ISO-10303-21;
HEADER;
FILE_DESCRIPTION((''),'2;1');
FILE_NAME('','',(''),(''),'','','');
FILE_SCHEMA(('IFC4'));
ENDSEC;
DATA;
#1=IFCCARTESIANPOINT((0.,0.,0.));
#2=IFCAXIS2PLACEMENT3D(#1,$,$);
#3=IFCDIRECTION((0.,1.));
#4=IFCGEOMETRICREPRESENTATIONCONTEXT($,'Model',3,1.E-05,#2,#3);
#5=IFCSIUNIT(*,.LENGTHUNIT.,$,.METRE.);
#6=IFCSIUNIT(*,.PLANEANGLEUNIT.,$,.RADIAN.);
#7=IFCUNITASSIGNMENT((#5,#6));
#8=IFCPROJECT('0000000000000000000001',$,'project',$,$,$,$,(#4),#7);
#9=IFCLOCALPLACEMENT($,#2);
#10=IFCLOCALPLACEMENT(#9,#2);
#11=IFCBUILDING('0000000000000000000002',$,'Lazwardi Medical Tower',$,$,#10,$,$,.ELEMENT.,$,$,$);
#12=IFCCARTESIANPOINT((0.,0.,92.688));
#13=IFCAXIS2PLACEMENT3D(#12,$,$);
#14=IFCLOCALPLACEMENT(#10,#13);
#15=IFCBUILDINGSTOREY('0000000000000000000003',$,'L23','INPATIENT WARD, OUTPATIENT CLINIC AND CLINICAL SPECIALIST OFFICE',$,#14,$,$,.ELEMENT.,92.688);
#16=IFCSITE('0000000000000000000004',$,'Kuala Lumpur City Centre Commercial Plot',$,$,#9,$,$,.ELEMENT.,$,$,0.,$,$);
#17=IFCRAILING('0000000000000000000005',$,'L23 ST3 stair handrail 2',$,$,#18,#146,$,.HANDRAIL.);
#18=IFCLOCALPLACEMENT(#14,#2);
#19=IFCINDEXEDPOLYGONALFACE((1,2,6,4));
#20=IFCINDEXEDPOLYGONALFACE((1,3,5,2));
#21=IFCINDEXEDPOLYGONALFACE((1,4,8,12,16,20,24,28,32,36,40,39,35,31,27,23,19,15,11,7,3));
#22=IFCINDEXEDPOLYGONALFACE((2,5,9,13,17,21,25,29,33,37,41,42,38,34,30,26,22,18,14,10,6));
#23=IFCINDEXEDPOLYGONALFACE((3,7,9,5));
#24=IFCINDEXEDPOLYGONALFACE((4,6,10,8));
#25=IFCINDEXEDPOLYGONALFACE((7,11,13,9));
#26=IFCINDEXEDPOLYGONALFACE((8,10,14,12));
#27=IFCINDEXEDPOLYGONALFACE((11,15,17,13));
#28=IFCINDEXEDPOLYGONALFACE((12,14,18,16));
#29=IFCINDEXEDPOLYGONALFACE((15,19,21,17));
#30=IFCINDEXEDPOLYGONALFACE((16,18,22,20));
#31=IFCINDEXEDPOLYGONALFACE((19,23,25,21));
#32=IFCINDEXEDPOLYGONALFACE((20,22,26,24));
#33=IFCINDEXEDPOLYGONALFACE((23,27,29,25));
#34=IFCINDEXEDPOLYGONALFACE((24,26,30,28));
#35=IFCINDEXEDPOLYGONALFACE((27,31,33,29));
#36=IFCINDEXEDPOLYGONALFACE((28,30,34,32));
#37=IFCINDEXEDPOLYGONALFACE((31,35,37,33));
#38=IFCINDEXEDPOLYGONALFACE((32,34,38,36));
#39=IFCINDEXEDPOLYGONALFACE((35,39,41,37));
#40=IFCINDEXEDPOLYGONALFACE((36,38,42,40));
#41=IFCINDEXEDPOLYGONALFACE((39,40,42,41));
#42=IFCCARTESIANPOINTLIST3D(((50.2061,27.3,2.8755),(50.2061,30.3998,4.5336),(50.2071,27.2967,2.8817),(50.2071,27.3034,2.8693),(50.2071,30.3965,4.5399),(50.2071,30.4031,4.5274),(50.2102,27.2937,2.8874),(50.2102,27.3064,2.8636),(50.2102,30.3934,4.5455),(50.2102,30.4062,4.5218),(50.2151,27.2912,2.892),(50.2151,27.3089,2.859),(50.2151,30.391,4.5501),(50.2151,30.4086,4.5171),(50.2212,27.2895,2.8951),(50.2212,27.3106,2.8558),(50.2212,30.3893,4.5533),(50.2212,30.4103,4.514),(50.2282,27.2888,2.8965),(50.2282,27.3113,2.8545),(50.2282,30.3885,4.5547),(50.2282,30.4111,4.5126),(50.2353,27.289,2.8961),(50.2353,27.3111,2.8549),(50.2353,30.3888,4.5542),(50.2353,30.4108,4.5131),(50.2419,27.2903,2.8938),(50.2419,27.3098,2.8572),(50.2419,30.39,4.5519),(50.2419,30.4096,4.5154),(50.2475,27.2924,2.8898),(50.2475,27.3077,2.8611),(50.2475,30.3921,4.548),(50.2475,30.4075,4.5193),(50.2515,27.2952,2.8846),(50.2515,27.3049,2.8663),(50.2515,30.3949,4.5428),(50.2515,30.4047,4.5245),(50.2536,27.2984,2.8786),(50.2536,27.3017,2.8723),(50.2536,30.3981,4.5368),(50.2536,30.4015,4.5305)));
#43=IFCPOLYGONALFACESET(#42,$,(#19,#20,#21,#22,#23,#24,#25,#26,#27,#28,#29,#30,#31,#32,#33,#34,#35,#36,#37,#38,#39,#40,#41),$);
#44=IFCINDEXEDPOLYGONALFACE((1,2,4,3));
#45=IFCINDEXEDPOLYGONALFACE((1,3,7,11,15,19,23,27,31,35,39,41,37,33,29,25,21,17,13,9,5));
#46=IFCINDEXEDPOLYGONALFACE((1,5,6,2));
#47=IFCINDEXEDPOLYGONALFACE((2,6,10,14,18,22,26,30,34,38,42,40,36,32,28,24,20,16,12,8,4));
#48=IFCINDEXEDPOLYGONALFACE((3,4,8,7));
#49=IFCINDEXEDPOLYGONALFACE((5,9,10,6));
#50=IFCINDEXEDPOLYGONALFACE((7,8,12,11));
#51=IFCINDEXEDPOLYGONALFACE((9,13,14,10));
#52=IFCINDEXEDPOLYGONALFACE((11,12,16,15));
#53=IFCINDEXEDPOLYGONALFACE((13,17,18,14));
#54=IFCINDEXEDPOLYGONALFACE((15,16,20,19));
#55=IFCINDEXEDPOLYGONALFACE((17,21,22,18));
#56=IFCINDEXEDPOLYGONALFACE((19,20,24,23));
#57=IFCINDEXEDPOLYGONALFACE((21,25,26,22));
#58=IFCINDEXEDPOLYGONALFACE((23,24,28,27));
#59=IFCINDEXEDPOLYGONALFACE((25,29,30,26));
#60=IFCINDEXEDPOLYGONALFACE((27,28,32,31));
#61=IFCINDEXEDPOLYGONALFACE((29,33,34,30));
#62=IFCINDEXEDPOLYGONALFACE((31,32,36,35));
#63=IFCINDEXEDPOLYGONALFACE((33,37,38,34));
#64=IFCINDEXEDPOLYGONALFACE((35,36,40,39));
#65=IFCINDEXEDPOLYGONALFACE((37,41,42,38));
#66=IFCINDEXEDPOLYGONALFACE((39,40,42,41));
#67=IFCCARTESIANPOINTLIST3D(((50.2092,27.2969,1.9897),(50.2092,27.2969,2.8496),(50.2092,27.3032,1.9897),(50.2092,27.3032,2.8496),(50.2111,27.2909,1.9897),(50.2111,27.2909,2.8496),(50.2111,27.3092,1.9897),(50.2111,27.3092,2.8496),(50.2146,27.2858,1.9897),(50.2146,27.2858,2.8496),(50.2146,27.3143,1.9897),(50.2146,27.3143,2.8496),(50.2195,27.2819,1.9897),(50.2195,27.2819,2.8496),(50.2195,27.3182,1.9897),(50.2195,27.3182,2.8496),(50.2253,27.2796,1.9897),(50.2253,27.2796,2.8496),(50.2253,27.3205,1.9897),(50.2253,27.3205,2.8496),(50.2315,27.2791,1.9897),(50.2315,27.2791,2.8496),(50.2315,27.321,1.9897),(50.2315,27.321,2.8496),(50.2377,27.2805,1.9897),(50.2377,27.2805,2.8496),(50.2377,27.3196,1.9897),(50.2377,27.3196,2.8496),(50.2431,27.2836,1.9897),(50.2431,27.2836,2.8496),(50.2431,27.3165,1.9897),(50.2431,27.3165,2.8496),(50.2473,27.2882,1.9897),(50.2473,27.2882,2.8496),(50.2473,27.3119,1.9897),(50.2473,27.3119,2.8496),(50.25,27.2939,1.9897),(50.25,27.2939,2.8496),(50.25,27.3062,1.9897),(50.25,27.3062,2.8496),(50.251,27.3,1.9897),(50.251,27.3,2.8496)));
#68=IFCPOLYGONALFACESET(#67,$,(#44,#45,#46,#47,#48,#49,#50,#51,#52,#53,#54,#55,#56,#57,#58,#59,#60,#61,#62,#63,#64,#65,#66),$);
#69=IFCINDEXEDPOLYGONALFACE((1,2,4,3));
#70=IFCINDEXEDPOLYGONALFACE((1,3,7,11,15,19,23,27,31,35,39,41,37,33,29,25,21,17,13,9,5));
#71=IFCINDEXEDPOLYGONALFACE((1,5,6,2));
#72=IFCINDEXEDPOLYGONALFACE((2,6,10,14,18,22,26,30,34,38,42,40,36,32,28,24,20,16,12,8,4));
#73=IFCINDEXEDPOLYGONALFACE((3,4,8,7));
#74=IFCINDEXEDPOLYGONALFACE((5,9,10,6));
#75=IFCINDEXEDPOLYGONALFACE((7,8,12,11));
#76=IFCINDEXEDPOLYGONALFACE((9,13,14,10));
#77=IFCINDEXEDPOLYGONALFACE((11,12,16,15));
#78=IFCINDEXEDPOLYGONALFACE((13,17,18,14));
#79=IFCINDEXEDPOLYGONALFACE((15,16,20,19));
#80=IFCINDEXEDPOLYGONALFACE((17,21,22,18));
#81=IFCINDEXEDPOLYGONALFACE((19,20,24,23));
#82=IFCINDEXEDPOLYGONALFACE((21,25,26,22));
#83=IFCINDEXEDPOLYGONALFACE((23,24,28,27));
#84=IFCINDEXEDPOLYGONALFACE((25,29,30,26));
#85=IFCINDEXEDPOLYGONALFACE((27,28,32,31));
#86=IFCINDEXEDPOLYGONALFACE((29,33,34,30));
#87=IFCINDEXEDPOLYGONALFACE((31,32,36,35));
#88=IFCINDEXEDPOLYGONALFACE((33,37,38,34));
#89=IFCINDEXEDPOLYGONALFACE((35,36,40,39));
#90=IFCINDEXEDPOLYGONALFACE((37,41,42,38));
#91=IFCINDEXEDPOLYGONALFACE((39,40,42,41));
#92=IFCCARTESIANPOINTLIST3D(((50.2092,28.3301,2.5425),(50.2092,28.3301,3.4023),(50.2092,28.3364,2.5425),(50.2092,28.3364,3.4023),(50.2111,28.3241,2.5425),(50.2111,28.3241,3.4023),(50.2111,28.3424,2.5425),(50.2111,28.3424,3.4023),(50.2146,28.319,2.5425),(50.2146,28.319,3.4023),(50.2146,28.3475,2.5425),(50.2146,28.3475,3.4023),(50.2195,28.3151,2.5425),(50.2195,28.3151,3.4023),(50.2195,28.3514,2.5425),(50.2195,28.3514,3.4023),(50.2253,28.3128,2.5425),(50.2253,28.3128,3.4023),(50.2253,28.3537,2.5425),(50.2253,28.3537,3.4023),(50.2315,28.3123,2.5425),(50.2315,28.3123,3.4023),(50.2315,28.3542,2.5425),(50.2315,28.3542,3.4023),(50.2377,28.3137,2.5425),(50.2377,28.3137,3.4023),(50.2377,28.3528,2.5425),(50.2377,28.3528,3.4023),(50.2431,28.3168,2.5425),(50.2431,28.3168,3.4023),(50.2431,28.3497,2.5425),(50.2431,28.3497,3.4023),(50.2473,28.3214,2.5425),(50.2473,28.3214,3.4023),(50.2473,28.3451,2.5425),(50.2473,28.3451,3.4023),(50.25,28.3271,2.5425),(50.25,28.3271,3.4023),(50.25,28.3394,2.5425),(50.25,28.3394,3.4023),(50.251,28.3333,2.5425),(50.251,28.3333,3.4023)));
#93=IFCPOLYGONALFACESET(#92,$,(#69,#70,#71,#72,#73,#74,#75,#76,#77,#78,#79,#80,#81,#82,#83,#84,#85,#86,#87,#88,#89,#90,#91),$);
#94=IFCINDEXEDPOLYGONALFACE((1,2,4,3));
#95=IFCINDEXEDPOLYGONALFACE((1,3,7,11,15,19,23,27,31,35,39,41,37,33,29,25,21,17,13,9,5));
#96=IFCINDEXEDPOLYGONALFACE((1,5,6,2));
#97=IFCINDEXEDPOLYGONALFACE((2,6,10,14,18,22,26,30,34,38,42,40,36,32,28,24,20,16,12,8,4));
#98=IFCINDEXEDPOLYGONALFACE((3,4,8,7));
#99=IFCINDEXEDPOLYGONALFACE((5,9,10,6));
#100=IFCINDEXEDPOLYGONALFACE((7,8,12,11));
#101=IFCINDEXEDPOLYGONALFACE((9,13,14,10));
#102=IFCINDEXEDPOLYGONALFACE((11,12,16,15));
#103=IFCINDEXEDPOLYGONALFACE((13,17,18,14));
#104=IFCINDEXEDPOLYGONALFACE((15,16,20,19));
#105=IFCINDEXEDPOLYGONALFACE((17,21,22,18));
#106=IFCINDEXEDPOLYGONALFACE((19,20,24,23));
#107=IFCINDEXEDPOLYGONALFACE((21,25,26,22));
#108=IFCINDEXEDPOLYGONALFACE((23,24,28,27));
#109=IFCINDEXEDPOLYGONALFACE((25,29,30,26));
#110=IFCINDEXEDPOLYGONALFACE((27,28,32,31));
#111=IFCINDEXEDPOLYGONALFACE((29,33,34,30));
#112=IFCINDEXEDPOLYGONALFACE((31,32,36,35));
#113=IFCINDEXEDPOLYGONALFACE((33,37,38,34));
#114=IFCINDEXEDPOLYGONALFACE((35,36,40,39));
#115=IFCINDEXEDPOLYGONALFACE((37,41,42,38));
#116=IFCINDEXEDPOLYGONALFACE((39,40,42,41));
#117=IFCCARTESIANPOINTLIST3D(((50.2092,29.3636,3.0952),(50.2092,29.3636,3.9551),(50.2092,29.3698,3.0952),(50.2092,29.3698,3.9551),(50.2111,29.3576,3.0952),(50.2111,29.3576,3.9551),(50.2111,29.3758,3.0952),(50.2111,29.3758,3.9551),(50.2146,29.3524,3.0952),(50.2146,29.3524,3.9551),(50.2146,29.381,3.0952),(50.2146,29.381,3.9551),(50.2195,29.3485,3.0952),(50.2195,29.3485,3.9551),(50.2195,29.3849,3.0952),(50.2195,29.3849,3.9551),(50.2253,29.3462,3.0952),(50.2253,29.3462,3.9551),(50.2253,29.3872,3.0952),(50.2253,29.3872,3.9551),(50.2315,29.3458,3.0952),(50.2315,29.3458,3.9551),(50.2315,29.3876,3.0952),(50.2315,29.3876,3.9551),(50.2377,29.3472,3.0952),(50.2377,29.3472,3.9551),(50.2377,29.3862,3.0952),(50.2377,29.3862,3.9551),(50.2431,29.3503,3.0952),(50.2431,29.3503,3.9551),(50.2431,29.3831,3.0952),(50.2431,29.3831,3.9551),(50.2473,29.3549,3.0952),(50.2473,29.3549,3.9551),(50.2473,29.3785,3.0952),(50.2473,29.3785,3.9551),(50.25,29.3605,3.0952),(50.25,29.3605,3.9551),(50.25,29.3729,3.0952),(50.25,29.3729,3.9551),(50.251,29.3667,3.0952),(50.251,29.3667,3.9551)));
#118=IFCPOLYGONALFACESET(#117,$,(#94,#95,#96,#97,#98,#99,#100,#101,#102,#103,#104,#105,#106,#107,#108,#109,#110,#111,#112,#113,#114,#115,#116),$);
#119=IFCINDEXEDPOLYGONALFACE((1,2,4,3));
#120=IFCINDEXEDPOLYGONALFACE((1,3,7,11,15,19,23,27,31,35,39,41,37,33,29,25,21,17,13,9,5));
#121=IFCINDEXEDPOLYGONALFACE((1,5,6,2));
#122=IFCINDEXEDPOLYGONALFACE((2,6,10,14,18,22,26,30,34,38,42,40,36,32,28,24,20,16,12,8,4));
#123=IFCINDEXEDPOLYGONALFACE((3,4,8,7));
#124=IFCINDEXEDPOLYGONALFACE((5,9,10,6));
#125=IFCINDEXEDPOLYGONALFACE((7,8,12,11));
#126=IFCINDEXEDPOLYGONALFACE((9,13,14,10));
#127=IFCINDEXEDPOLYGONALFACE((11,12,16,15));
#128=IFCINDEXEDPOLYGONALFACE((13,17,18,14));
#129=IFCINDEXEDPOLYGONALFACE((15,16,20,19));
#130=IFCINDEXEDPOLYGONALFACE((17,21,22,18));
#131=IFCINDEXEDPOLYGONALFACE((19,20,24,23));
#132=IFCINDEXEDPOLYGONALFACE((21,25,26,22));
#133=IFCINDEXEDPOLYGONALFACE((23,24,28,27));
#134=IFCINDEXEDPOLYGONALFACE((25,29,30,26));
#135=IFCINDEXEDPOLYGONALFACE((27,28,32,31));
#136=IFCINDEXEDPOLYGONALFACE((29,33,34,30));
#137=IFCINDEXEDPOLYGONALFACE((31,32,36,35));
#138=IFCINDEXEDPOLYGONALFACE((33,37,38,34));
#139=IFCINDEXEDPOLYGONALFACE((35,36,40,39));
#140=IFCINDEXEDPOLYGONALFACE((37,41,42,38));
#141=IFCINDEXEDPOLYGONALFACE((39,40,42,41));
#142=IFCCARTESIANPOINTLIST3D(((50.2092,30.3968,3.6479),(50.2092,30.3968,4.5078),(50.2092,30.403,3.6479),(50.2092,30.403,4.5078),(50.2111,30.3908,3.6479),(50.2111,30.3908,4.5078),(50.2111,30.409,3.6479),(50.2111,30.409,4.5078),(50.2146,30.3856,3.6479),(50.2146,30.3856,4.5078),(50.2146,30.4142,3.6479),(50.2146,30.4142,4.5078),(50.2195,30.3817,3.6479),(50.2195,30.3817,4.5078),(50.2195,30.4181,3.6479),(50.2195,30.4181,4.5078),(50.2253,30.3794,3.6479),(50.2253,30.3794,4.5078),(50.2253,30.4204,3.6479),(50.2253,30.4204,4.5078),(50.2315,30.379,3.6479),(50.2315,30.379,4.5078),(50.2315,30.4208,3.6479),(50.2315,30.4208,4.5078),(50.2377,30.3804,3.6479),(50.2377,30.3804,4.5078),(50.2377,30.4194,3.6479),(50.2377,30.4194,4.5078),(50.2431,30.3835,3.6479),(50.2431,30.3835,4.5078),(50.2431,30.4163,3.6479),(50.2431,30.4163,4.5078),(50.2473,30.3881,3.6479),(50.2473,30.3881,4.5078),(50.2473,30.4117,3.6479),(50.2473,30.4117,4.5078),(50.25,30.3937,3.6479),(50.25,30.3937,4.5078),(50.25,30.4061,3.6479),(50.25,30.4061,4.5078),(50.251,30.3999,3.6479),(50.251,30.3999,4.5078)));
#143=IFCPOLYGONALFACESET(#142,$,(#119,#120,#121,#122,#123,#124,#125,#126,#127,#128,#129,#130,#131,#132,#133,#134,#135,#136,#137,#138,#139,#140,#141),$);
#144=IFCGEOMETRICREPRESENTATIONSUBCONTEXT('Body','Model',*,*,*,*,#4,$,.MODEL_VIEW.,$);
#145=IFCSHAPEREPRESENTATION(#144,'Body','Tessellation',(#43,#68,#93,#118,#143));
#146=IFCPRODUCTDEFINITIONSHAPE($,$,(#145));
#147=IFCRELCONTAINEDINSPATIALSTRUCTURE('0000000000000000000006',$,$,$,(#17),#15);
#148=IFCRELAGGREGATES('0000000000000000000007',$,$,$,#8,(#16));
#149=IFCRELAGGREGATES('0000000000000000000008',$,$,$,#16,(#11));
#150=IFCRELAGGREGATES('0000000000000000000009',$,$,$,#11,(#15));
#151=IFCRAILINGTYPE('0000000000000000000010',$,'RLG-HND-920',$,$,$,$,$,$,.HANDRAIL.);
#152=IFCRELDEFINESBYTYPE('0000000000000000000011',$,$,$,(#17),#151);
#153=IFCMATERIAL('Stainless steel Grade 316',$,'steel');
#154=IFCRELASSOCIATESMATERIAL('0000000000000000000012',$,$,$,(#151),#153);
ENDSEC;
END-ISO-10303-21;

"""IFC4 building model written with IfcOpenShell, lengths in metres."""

from ifc_helpers import new_model, si_unit, direction, frame, origin, origin_2d, place, context, subcontext, project, spatial, circle, extrude, material, type_object, element, save


model = new_model("IFC4")

# Units and contexts
model_context = context("Model", 3, precision=1e-05, world=origin(), true_north=direction((0.0, 1.0)))
body_context = subcontext(model_context, "Body", "Model", "MODEL_VIEW")
ifc_project = project(units=[si_unit("LENGTHUNIT", "METRE"), si_unit("PLANEANGLEUNIT", "RADIAN")], contexts=[model_context])

# Site, building, storey
site_placement = place(None, origin())
site = spatial("IfcSite", under=ifc_project, at=site_placement, Name="Kuala Lumpur City Centre Commercial Plot", CompositionType="ELEMENT", RefElevation=0.0)
building_placement = place(site_placement, origin())
building = spatial("IfcBuilding", under=site, at=building_placement, Name="Lazwardi Medical Tower", CompositionType="ELEMENT")
storey_placement = place(building_placement, frame((0.0, 0.0, 92.688)))
storey = spatial("IfcBuildingStorey", under=building, at=storey_placement, Name="L23", Description="INPATIENT WARD, OUTPATIENT CLINIC AND CLINICAL SPECIALIST OFFICE", CompositionType="ELEMENT", Elevation=92.688)

# Railing
ifc_material_1 = material(Name="Stainless steel Grade 316", Category="steel")
railing_type_1 = type_object("IfcRailingType", Name="RLG-HND-920", PredefinedType="HANDRAIL", material=ifc_material_1)
railing_1_placement = place(storey_placement, frame((50.23, 27.3, 1.9897)))
element("IfcRailing", 1, at=railing_1_placement, inside=storey, type_object=railing_type_1, Name="L23 ST3 stair handrail 2", PredefinedType="HANDRAIL", context=body_context, shape_type="SweptSolid", body=[
    extrude(circle(Radius=0.0239, at=origin_2d()), frame((0.0, 0.0, 0.8857), z_axis=(0.0, 0.881768, 0.471684), x_axis=(-1.0, 0.0, 0.0)), (0.0, 0.0, 1.0), 3.5154),
    extrude(circle(Radius=0.021, at=origin_2d()), origin(), (0.0, 0.0, 1.0), 0.8599),
    extrude(circle(Radius=0.021, at=origin_2d()), frame((0.0, 1.0332, 0.5527)), (0.0, 0.0, 1.0), 0.8599),
    extrude(circle(Radius=0.021, at=origin_2d()), frame((0.0, 2.0667, 1.1055)), (0.0, 0.0, 1.0), 0.8599),
    extrude(circle(Radius=0.021, at=origin_2d()), frame((0.0, 3.0999, 1.6582)), (0.0, 0.0, 1.0), 0.8599),
])

save(model, "model.ifc")
